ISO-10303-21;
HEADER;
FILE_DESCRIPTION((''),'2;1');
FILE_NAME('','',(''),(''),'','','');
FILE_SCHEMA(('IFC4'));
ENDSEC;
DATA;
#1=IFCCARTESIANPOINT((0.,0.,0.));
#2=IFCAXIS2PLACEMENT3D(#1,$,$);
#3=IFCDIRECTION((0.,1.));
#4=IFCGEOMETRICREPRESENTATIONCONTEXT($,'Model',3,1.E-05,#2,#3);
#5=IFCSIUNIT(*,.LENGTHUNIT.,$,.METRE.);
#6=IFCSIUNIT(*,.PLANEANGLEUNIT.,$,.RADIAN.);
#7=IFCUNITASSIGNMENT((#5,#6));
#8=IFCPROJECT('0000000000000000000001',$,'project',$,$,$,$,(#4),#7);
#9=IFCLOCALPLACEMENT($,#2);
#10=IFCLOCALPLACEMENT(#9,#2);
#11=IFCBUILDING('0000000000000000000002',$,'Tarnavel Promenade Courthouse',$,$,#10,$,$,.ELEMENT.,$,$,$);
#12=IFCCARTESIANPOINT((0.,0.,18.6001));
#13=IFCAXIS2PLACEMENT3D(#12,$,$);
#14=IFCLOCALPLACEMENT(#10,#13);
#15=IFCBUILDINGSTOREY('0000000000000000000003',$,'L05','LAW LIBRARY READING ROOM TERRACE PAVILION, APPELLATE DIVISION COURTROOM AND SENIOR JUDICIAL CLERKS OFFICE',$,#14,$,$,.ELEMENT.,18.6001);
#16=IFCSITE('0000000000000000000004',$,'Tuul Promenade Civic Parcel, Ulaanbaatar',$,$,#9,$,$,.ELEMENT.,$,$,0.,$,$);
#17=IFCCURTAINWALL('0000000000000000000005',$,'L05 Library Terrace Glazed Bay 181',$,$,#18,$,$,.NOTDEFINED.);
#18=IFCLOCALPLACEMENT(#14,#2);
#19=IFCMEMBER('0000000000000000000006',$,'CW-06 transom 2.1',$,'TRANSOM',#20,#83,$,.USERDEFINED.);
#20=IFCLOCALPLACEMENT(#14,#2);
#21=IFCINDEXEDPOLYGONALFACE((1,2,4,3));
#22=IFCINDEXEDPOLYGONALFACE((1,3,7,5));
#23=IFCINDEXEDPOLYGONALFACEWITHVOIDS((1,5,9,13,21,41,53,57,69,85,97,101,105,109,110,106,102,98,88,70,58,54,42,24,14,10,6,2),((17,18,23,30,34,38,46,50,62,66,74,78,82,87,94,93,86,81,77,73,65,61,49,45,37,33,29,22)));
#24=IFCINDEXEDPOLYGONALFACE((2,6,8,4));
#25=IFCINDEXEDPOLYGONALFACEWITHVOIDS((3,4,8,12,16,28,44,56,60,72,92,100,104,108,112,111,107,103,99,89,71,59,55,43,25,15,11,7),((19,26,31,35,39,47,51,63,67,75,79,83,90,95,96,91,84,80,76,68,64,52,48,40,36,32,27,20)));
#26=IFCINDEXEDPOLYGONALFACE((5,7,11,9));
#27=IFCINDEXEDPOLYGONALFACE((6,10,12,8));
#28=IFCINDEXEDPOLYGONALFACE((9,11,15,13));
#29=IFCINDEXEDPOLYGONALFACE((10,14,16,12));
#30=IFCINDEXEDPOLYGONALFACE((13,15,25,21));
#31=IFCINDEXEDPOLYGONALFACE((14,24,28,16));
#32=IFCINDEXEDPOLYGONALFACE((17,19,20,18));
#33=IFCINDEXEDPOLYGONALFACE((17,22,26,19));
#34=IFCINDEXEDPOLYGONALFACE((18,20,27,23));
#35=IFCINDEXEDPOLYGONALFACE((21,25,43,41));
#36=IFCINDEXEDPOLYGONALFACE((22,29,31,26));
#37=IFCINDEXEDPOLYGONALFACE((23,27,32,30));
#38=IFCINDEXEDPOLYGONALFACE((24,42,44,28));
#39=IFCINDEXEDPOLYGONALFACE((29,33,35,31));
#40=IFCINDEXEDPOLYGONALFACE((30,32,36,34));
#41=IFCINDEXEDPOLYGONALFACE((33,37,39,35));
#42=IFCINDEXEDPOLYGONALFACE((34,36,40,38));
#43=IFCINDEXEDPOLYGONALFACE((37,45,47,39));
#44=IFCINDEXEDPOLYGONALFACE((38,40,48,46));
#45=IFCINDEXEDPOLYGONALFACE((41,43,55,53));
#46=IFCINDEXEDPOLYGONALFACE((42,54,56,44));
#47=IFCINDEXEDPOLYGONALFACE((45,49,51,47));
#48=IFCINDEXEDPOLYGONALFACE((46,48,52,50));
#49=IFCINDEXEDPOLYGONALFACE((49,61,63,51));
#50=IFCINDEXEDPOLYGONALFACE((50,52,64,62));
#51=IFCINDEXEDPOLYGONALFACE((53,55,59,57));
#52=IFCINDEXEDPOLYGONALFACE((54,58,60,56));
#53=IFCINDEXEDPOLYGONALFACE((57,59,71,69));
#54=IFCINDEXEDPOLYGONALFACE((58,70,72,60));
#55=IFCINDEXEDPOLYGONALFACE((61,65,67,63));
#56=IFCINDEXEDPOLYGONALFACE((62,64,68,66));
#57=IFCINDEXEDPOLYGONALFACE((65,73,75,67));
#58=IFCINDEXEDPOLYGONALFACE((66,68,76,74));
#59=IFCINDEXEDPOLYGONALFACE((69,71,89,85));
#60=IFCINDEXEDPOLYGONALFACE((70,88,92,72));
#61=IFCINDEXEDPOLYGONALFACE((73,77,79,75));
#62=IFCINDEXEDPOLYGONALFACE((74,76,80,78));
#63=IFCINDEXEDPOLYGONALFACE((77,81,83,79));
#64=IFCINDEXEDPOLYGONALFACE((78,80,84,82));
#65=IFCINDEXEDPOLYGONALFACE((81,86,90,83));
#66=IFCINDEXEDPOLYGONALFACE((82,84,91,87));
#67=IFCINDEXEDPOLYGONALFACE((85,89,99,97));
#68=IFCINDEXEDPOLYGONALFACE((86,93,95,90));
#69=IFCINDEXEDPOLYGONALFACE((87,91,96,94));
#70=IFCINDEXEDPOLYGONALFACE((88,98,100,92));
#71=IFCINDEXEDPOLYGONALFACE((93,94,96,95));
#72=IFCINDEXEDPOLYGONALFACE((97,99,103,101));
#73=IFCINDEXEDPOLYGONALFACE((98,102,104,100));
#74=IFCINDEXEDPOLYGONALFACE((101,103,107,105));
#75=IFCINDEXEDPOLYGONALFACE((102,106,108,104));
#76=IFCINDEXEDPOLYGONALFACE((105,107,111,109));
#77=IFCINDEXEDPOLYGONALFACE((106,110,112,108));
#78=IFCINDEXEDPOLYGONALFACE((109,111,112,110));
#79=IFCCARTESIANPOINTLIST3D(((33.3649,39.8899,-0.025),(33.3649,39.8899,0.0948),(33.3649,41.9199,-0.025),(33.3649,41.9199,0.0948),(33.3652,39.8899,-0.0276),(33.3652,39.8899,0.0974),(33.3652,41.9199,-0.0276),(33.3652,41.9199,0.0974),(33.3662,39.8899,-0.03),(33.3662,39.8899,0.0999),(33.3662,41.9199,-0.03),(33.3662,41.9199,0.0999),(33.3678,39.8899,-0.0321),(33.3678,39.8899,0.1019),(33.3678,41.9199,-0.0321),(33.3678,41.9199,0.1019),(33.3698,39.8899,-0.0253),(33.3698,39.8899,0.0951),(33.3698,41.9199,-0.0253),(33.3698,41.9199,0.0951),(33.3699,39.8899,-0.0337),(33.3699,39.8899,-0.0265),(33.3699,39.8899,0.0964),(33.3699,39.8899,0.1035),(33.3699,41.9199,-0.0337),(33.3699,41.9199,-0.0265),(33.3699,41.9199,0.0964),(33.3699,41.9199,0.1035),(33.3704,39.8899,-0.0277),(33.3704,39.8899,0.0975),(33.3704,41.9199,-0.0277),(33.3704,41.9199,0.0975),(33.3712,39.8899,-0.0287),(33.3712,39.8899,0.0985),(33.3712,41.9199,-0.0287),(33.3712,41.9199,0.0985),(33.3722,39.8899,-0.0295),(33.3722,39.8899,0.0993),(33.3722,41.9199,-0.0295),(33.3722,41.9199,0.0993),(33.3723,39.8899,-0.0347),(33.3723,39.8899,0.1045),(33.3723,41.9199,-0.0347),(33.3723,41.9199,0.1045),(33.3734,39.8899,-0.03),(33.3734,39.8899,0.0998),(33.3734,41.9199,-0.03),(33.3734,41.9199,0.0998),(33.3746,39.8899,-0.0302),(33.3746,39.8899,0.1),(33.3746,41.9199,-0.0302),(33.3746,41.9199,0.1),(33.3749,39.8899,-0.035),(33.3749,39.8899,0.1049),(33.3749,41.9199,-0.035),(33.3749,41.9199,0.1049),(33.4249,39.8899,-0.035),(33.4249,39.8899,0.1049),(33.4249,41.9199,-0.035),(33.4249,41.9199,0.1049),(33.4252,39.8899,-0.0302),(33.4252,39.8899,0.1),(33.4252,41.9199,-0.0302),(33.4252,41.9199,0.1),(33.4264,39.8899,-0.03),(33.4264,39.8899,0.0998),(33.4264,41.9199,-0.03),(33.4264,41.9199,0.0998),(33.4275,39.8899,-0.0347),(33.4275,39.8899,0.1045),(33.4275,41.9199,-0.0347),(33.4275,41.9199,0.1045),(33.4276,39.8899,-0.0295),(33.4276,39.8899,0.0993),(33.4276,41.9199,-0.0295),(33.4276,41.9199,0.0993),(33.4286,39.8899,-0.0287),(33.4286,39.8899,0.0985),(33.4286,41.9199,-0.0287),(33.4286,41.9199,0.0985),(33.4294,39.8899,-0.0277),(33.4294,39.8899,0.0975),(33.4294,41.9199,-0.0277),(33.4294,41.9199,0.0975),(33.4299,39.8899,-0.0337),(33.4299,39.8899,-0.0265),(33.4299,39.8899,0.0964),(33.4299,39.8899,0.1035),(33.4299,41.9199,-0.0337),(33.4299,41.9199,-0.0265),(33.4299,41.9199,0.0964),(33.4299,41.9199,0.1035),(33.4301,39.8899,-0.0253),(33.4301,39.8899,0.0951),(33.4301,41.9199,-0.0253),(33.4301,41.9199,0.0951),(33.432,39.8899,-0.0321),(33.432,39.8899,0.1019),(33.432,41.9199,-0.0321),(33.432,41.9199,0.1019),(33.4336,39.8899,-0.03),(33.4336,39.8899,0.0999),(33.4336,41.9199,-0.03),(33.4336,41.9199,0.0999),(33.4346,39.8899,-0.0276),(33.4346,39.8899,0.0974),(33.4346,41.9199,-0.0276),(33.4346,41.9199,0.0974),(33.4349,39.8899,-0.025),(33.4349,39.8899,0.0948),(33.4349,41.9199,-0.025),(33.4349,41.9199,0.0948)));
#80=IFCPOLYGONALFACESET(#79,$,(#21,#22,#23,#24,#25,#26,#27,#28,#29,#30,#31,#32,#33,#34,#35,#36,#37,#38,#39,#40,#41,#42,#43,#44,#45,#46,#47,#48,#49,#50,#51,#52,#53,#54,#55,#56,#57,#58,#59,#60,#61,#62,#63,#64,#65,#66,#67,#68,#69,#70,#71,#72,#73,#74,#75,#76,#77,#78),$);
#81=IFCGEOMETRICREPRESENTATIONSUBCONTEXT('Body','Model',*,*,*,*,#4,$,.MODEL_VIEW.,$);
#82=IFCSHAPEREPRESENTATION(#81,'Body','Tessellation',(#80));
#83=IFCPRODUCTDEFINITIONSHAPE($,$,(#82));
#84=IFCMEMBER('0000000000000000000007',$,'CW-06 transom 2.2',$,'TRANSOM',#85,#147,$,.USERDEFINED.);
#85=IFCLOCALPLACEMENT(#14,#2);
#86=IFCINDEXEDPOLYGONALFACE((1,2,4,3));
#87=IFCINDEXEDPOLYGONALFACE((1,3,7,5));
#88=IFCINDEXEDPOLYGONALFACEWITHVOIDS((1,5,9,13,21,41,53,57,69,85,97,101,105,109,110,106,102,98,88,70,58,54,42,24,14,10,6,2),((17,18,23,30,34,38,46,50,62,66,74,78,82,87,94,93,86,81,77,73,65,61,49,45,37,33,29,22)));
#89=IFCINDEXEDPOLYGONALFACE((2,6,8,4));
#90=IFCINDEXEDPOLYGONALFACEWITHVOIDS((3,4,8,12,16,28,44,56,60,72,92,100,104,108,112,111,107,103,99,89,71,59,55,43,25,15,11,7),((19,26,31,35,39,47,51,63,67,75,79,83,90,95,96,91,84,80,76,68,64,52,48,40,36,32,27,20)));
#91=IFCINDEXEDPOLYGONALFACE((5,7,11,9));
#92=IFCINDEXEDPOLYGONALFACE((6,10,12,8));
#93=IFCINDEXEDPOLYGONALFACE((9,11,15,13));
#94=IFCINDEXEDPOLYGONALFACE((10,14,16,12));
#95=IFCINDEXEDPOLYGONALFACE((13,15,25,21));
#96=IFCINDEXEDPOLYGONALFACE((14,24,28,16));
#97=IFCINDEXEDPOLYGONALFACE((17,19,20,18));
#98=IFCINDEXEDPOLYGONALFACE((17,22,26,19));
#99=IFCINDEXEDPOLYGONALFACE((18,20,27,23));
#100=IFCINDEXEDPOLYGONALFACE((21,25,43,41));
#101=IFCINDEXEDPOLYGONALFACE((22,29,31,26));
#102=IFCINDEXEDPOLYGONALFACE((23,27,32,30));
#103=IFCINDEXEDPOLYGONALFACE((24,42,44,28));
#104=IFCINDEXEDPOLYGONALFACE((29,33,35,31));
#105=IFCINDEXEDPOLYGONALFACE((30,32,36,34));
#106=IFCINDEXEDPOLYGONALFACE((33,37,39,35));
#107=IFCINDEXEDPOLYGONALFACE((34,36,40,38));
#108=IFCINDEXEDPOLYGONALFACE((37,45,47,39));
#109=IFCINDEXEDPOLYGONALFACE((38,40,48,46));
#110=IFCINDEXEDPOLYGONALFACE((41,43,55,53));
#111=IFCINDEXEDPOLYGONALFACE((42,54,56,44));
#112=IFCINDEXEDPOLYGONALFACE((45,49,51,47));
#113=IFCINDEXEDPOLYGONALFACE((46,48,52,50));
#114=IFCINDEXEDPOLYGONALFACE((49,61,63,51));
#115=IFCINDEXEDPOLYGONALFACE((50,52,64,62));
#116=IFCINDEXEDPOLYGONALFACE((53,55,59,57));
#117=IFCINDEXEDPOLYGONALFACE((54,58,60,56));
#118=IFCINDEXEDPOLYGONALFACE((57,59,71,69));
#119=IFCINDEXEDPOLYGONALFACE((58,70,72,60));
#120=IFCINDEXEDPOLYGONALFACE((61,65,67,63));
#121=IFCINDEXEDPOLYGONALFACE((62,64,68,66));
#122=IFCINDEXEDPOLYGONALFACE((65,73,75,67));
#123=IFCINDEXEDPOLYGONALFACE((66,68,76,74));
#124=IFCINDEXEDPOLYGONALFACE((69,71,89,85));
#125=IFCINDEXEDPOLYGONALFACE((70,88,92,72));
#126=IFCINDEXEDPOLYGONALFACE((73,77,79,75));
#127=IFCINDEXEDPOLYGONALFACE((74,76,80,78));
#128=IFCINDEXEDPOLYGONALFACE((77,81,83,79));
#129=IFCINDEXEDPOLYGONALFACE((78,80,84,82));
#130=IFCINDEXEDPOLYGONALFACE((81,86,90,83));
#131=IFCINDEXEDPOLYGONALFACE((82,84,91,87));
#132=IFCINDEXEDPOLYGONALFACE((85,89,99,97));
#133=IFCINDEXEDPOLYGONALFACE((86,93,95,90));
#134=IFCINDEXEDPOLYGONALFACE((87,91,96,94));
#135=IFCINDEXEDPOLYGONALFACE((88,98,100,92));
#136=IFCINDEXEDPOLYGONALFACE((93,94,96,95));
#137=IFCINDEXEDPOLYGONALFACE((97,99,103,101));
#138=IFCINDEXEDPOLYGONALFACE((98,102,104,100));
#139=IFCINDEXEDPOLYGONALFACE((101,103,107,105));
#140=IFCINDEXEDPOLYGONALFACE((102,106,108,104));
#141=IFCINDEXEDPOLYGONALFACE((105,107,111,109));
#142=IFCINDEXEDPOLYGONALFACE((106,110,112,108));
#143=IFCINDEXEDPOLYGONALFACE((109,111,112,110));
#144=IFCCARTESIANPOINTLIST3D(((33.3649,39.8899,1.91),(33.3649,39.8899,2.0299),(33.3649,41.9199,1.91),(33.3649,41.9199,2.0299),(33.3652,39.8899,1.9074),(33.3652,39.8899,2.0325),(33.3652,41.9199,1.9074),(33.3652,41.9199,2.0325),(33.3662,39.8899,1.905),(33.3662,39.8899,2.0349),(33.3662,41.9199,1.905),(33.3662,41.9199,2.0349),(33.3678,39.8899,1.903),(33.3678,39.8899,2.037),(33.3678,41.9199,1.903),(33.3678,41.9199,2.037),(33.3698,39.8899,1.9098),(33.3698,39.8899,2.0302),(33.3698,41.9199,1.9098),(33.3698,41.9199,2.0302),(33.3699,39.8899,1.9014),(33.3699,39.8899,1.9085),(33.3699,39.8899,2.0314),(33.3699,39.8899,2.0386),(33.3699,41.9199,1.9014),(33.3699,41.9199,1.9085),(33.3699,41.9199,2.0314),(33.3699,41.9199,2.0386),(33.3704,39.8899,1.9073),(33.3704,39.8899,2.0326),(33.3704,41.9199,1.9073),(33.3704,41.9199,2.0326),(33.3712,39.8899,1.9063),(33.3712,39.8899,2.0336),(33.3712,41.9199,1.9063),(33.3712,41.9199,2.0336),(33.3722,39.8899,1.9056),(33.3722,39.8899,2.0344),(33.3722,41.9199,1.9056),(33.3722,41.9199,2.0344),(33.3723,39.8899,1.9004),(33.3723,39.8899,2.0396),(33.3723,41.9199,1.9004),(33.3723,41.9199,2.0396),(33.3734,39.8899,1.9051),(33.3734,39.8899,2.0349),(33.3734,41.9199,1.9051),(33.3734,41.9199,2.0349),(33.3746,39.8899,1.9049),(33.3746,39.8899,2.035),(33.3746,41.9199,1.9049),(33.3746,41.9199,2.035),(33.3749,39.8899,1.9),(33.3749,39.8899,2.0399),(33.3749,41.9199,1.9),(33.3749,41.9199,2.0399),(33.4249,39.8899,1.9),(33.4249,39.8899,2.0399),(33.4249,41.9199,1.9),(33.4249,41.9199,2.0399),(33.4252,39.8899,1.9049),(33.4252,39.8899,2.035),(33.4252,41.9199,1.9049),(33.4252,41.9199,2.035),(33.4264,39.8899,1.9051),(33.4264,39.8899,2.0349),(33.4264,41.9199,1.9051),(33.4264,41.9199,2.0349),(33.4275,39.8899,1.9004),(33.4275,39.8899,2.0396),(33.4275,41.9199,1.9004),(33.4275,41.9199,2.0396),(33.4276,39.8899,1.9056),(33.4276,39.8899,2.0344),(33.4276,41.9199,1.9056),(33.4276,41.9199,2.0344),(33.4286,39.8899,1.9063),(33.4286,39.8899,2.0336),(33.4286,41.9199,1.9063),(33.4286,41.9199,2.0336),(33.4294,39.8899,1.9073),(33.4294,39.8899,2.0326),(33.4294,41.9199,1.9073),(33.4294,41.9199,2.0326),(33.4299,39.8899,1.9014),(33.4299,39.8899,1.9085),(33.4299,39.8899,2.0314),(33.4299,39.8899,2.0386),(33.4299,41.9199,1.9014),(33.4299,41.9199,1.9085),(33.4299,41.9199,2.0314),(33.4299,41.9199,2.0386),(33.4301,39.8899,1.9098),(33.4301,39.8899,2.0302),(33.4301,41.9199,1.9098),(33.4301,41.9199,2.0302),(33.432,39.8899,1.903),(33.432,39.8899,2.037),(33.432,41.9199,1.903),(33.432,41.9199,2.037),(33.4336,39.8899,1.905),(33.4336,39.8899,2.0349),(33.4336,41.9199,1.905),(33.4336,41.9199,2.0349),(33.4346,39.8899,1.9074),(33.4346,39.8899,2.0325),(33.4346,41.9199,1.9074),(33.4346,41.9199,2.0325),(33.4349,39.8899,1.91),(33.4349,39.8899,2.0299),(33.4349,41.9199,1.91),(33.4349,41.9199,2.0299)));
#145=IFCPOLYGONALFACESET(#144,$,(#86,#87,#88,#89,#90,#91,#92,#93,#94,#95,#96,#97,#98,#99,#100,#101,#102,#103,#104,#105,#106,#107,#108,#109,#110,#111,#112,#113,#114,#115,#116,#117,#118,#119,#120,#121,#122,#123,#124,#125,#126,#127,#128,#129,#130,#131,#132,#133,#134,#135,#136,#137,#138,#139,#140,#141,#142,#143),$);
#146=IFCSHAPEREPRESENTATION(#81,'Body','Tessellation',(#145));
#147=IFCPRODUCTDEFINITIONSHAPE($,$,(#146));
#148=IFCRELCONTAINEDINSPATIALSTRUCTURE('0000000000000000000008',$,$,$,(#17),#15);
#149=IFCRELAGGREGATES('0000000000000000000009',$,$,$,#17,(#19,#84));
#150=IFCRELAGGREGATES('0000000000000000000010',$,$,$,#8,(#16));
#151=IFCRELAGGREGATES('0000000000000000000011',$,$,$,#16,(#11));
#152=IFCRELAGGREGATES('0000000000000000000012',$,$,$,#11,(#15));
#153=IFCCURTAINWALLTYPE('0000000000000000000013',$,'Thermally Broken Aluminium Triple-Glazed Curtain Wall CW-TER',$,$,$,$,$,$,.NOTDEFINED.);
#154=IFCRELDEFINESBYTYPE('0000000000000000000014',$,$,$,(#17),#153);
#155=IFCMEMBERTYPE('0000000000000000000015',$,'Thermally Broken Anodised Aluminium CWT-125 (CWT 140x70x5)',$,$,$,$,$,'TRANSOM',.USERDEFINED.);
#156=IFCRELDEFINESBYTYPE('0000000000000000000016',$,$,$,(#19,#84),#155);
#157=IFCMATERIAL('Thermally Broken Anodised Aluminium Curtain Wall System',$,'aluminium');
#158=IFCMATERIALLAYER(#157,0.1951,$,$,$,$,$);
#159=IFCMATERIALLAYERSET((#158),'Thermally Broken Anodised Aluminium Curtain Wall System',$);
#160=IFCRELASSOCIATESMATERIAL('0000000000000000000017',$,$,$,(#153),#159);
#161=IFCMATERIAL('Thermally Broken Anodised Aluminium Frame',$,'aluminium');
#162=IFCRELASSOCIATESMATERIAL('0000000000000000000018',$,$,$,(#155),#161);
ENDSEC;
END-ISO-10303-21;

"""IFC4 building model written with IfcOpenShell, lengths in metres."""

from ifc_helpers import new_model, si_unit, direction, frame, origin, origin_2d, place, context, subcontext, project, spatial, hollow_rectangle, extrude, material, layer, layer_set, material_profile, profile_set, type_object, element, aggregate, save


model = new_model("IFC4")

# Units and contexts
model_context = context("Model", 3, precision=1e-05, world=origin(), true_north=direction((0.0, 1.0)))
body_context = subcontext(model_context, "Body", "Model", "MODEL_VIEW")
ifc_project = project(units=[si_unit("LENGTHUNIT", "METRE"), si_unit("PLANEANGLEUNIT", "RADIAN")], contexts=[model_context])

# Site, building, storey
site_placement = place(None, origin())
site = spatial("IfcSite", under=ifc_project, at=site_placement, Name="Tuul Promenade Civic Parcel, Ulaanbaatar", CompositionType="ELEMENT", RefElevation=0.0)
building_placement = place(site_placement, origin())
building = spatial("IfcBuilding", under=site, at=building_placement, Name="Tarnavel Promenade Courthouse", CompositionType="ELEMENT")
storey_placement = place(building_placement, frame((0.0, 0.0, 18.6001)))
storey = spatial("IfcBuildingStorey", under=building, at=storey_placement, Name="L05", Description="LAW LIBRARY READING ROOM TERRACE PAVILION, APPELLATE DIVISION COURTROOM AND SENIOR JUDICIAL CLERKS OFFICE", CompositionType="ELEMENT", Elevation=18.6001)

# Curtain wall
ifc_material_1 = material(Name="Thermally Broken Anodised Aluminium Curtain Wall System", Category="aluminium")
ifc_layer_1 = layer(ifc_material_1, 0.1951)
ifc_layer_set_1 = layer_set([ifc_layer_1], Name="Thermally Broken Anodised Aluminium Curtain Wall System")
curtain_wall_type = type_object("IfcCurtainWallType", Name="Thermally Broken Aluminium Triple-Glazed Curtain Wall CW-TER", PredefinedType="NOTDEFINED", material=ifc_layer_set_1)
curtain_wall_1_placement = place(storey_placement, origin())
curtain_wall_1 = element("IfcCurtainWall", 1, at=curtain_wall_1_placement, inside=storey, type_object=curtain_wall_type, Name="L05 Library Terrace Glazed Bay 181", PredefinedType="NOTDEFINED")
ifc_material_2 = material(Name="Thermally Broken Anodised Aluminium Frame", Category="aluminium")

# Members
ifc_material_profile_1 = material_profile(ifc_material_2, hollow_rectangle(XDim=0.0701, YDim=0.1399, WallThickness=0.0049, InnerFilletRadius=0.0049, OuterFilletRadius=0.01, at=origin_2d()), Name="CWT 140x70x5")
ifc_profile_set_1 = profile_set([ifc_material_profile_1], Name="Thermally Broken Anodised Aluminium Frame")
member_type_1 = type_object("IfcMemberType", Name="Thermally Broken Anodised Aluminium CWT-125 (CWT 140x70x5)", ElementType="TRANSOM", PredefinedType="USERDEFINED", material=ifc_profile_set_1)
member_1_placement = place(storey_placement, frame((33.3999, 39.8899, 0.0349), z_axis=(0.0, 1.0, 0.0), x_axis=(-1.0, 0.0, 0.0)))
member_1 = element("IfcMember", 2, at=member_1_placement, type_object=member_type_1, Name="CW-06 transom 2.1", ObjectType="TRANSOM", PredefinedType="USERDEFINED", context=body_context, shape_type="SweptSolid", body=[
    extrude(hollow_rectangle(XDim=0.0701, YDim=0.1399, WallThickness=0.0049, InnerFilletRadius=0.0049, OuterFilletRadius=0.01, at=origin_2d()), origin(), (0.0, 0.0, 1.0), 2.03),
])
member_2_placement = place(storey_placement, frame((33.3999, 39.8899, 1.97), z_axis=(0.0, 1.0, 0.0), x_axis=(-1.0, 0.0, 0.0)))
member_2 = element("IfcMember", 3, at=member_2_placement, type_object=member_type_1, Name="CW-06 transom 2.2", ObjectType="TRANSOM", PredefinedType="USERDEFINED", context=body_context, shape_type="SweptSolid", body=[
    extrude(hollow_rectangle(XDim=0.0701, YDim=0.1399, WallThickness=0.0049, InnerFilletRadius=0.0049, OuterFilletRadius=0.01, at=origin_2d()), origin(), (0.0, 0.0, 1.0), 2.03),
])

aggregate(curtain_wall_1, [member_1, member_2])

save(model, "model.ifc")
